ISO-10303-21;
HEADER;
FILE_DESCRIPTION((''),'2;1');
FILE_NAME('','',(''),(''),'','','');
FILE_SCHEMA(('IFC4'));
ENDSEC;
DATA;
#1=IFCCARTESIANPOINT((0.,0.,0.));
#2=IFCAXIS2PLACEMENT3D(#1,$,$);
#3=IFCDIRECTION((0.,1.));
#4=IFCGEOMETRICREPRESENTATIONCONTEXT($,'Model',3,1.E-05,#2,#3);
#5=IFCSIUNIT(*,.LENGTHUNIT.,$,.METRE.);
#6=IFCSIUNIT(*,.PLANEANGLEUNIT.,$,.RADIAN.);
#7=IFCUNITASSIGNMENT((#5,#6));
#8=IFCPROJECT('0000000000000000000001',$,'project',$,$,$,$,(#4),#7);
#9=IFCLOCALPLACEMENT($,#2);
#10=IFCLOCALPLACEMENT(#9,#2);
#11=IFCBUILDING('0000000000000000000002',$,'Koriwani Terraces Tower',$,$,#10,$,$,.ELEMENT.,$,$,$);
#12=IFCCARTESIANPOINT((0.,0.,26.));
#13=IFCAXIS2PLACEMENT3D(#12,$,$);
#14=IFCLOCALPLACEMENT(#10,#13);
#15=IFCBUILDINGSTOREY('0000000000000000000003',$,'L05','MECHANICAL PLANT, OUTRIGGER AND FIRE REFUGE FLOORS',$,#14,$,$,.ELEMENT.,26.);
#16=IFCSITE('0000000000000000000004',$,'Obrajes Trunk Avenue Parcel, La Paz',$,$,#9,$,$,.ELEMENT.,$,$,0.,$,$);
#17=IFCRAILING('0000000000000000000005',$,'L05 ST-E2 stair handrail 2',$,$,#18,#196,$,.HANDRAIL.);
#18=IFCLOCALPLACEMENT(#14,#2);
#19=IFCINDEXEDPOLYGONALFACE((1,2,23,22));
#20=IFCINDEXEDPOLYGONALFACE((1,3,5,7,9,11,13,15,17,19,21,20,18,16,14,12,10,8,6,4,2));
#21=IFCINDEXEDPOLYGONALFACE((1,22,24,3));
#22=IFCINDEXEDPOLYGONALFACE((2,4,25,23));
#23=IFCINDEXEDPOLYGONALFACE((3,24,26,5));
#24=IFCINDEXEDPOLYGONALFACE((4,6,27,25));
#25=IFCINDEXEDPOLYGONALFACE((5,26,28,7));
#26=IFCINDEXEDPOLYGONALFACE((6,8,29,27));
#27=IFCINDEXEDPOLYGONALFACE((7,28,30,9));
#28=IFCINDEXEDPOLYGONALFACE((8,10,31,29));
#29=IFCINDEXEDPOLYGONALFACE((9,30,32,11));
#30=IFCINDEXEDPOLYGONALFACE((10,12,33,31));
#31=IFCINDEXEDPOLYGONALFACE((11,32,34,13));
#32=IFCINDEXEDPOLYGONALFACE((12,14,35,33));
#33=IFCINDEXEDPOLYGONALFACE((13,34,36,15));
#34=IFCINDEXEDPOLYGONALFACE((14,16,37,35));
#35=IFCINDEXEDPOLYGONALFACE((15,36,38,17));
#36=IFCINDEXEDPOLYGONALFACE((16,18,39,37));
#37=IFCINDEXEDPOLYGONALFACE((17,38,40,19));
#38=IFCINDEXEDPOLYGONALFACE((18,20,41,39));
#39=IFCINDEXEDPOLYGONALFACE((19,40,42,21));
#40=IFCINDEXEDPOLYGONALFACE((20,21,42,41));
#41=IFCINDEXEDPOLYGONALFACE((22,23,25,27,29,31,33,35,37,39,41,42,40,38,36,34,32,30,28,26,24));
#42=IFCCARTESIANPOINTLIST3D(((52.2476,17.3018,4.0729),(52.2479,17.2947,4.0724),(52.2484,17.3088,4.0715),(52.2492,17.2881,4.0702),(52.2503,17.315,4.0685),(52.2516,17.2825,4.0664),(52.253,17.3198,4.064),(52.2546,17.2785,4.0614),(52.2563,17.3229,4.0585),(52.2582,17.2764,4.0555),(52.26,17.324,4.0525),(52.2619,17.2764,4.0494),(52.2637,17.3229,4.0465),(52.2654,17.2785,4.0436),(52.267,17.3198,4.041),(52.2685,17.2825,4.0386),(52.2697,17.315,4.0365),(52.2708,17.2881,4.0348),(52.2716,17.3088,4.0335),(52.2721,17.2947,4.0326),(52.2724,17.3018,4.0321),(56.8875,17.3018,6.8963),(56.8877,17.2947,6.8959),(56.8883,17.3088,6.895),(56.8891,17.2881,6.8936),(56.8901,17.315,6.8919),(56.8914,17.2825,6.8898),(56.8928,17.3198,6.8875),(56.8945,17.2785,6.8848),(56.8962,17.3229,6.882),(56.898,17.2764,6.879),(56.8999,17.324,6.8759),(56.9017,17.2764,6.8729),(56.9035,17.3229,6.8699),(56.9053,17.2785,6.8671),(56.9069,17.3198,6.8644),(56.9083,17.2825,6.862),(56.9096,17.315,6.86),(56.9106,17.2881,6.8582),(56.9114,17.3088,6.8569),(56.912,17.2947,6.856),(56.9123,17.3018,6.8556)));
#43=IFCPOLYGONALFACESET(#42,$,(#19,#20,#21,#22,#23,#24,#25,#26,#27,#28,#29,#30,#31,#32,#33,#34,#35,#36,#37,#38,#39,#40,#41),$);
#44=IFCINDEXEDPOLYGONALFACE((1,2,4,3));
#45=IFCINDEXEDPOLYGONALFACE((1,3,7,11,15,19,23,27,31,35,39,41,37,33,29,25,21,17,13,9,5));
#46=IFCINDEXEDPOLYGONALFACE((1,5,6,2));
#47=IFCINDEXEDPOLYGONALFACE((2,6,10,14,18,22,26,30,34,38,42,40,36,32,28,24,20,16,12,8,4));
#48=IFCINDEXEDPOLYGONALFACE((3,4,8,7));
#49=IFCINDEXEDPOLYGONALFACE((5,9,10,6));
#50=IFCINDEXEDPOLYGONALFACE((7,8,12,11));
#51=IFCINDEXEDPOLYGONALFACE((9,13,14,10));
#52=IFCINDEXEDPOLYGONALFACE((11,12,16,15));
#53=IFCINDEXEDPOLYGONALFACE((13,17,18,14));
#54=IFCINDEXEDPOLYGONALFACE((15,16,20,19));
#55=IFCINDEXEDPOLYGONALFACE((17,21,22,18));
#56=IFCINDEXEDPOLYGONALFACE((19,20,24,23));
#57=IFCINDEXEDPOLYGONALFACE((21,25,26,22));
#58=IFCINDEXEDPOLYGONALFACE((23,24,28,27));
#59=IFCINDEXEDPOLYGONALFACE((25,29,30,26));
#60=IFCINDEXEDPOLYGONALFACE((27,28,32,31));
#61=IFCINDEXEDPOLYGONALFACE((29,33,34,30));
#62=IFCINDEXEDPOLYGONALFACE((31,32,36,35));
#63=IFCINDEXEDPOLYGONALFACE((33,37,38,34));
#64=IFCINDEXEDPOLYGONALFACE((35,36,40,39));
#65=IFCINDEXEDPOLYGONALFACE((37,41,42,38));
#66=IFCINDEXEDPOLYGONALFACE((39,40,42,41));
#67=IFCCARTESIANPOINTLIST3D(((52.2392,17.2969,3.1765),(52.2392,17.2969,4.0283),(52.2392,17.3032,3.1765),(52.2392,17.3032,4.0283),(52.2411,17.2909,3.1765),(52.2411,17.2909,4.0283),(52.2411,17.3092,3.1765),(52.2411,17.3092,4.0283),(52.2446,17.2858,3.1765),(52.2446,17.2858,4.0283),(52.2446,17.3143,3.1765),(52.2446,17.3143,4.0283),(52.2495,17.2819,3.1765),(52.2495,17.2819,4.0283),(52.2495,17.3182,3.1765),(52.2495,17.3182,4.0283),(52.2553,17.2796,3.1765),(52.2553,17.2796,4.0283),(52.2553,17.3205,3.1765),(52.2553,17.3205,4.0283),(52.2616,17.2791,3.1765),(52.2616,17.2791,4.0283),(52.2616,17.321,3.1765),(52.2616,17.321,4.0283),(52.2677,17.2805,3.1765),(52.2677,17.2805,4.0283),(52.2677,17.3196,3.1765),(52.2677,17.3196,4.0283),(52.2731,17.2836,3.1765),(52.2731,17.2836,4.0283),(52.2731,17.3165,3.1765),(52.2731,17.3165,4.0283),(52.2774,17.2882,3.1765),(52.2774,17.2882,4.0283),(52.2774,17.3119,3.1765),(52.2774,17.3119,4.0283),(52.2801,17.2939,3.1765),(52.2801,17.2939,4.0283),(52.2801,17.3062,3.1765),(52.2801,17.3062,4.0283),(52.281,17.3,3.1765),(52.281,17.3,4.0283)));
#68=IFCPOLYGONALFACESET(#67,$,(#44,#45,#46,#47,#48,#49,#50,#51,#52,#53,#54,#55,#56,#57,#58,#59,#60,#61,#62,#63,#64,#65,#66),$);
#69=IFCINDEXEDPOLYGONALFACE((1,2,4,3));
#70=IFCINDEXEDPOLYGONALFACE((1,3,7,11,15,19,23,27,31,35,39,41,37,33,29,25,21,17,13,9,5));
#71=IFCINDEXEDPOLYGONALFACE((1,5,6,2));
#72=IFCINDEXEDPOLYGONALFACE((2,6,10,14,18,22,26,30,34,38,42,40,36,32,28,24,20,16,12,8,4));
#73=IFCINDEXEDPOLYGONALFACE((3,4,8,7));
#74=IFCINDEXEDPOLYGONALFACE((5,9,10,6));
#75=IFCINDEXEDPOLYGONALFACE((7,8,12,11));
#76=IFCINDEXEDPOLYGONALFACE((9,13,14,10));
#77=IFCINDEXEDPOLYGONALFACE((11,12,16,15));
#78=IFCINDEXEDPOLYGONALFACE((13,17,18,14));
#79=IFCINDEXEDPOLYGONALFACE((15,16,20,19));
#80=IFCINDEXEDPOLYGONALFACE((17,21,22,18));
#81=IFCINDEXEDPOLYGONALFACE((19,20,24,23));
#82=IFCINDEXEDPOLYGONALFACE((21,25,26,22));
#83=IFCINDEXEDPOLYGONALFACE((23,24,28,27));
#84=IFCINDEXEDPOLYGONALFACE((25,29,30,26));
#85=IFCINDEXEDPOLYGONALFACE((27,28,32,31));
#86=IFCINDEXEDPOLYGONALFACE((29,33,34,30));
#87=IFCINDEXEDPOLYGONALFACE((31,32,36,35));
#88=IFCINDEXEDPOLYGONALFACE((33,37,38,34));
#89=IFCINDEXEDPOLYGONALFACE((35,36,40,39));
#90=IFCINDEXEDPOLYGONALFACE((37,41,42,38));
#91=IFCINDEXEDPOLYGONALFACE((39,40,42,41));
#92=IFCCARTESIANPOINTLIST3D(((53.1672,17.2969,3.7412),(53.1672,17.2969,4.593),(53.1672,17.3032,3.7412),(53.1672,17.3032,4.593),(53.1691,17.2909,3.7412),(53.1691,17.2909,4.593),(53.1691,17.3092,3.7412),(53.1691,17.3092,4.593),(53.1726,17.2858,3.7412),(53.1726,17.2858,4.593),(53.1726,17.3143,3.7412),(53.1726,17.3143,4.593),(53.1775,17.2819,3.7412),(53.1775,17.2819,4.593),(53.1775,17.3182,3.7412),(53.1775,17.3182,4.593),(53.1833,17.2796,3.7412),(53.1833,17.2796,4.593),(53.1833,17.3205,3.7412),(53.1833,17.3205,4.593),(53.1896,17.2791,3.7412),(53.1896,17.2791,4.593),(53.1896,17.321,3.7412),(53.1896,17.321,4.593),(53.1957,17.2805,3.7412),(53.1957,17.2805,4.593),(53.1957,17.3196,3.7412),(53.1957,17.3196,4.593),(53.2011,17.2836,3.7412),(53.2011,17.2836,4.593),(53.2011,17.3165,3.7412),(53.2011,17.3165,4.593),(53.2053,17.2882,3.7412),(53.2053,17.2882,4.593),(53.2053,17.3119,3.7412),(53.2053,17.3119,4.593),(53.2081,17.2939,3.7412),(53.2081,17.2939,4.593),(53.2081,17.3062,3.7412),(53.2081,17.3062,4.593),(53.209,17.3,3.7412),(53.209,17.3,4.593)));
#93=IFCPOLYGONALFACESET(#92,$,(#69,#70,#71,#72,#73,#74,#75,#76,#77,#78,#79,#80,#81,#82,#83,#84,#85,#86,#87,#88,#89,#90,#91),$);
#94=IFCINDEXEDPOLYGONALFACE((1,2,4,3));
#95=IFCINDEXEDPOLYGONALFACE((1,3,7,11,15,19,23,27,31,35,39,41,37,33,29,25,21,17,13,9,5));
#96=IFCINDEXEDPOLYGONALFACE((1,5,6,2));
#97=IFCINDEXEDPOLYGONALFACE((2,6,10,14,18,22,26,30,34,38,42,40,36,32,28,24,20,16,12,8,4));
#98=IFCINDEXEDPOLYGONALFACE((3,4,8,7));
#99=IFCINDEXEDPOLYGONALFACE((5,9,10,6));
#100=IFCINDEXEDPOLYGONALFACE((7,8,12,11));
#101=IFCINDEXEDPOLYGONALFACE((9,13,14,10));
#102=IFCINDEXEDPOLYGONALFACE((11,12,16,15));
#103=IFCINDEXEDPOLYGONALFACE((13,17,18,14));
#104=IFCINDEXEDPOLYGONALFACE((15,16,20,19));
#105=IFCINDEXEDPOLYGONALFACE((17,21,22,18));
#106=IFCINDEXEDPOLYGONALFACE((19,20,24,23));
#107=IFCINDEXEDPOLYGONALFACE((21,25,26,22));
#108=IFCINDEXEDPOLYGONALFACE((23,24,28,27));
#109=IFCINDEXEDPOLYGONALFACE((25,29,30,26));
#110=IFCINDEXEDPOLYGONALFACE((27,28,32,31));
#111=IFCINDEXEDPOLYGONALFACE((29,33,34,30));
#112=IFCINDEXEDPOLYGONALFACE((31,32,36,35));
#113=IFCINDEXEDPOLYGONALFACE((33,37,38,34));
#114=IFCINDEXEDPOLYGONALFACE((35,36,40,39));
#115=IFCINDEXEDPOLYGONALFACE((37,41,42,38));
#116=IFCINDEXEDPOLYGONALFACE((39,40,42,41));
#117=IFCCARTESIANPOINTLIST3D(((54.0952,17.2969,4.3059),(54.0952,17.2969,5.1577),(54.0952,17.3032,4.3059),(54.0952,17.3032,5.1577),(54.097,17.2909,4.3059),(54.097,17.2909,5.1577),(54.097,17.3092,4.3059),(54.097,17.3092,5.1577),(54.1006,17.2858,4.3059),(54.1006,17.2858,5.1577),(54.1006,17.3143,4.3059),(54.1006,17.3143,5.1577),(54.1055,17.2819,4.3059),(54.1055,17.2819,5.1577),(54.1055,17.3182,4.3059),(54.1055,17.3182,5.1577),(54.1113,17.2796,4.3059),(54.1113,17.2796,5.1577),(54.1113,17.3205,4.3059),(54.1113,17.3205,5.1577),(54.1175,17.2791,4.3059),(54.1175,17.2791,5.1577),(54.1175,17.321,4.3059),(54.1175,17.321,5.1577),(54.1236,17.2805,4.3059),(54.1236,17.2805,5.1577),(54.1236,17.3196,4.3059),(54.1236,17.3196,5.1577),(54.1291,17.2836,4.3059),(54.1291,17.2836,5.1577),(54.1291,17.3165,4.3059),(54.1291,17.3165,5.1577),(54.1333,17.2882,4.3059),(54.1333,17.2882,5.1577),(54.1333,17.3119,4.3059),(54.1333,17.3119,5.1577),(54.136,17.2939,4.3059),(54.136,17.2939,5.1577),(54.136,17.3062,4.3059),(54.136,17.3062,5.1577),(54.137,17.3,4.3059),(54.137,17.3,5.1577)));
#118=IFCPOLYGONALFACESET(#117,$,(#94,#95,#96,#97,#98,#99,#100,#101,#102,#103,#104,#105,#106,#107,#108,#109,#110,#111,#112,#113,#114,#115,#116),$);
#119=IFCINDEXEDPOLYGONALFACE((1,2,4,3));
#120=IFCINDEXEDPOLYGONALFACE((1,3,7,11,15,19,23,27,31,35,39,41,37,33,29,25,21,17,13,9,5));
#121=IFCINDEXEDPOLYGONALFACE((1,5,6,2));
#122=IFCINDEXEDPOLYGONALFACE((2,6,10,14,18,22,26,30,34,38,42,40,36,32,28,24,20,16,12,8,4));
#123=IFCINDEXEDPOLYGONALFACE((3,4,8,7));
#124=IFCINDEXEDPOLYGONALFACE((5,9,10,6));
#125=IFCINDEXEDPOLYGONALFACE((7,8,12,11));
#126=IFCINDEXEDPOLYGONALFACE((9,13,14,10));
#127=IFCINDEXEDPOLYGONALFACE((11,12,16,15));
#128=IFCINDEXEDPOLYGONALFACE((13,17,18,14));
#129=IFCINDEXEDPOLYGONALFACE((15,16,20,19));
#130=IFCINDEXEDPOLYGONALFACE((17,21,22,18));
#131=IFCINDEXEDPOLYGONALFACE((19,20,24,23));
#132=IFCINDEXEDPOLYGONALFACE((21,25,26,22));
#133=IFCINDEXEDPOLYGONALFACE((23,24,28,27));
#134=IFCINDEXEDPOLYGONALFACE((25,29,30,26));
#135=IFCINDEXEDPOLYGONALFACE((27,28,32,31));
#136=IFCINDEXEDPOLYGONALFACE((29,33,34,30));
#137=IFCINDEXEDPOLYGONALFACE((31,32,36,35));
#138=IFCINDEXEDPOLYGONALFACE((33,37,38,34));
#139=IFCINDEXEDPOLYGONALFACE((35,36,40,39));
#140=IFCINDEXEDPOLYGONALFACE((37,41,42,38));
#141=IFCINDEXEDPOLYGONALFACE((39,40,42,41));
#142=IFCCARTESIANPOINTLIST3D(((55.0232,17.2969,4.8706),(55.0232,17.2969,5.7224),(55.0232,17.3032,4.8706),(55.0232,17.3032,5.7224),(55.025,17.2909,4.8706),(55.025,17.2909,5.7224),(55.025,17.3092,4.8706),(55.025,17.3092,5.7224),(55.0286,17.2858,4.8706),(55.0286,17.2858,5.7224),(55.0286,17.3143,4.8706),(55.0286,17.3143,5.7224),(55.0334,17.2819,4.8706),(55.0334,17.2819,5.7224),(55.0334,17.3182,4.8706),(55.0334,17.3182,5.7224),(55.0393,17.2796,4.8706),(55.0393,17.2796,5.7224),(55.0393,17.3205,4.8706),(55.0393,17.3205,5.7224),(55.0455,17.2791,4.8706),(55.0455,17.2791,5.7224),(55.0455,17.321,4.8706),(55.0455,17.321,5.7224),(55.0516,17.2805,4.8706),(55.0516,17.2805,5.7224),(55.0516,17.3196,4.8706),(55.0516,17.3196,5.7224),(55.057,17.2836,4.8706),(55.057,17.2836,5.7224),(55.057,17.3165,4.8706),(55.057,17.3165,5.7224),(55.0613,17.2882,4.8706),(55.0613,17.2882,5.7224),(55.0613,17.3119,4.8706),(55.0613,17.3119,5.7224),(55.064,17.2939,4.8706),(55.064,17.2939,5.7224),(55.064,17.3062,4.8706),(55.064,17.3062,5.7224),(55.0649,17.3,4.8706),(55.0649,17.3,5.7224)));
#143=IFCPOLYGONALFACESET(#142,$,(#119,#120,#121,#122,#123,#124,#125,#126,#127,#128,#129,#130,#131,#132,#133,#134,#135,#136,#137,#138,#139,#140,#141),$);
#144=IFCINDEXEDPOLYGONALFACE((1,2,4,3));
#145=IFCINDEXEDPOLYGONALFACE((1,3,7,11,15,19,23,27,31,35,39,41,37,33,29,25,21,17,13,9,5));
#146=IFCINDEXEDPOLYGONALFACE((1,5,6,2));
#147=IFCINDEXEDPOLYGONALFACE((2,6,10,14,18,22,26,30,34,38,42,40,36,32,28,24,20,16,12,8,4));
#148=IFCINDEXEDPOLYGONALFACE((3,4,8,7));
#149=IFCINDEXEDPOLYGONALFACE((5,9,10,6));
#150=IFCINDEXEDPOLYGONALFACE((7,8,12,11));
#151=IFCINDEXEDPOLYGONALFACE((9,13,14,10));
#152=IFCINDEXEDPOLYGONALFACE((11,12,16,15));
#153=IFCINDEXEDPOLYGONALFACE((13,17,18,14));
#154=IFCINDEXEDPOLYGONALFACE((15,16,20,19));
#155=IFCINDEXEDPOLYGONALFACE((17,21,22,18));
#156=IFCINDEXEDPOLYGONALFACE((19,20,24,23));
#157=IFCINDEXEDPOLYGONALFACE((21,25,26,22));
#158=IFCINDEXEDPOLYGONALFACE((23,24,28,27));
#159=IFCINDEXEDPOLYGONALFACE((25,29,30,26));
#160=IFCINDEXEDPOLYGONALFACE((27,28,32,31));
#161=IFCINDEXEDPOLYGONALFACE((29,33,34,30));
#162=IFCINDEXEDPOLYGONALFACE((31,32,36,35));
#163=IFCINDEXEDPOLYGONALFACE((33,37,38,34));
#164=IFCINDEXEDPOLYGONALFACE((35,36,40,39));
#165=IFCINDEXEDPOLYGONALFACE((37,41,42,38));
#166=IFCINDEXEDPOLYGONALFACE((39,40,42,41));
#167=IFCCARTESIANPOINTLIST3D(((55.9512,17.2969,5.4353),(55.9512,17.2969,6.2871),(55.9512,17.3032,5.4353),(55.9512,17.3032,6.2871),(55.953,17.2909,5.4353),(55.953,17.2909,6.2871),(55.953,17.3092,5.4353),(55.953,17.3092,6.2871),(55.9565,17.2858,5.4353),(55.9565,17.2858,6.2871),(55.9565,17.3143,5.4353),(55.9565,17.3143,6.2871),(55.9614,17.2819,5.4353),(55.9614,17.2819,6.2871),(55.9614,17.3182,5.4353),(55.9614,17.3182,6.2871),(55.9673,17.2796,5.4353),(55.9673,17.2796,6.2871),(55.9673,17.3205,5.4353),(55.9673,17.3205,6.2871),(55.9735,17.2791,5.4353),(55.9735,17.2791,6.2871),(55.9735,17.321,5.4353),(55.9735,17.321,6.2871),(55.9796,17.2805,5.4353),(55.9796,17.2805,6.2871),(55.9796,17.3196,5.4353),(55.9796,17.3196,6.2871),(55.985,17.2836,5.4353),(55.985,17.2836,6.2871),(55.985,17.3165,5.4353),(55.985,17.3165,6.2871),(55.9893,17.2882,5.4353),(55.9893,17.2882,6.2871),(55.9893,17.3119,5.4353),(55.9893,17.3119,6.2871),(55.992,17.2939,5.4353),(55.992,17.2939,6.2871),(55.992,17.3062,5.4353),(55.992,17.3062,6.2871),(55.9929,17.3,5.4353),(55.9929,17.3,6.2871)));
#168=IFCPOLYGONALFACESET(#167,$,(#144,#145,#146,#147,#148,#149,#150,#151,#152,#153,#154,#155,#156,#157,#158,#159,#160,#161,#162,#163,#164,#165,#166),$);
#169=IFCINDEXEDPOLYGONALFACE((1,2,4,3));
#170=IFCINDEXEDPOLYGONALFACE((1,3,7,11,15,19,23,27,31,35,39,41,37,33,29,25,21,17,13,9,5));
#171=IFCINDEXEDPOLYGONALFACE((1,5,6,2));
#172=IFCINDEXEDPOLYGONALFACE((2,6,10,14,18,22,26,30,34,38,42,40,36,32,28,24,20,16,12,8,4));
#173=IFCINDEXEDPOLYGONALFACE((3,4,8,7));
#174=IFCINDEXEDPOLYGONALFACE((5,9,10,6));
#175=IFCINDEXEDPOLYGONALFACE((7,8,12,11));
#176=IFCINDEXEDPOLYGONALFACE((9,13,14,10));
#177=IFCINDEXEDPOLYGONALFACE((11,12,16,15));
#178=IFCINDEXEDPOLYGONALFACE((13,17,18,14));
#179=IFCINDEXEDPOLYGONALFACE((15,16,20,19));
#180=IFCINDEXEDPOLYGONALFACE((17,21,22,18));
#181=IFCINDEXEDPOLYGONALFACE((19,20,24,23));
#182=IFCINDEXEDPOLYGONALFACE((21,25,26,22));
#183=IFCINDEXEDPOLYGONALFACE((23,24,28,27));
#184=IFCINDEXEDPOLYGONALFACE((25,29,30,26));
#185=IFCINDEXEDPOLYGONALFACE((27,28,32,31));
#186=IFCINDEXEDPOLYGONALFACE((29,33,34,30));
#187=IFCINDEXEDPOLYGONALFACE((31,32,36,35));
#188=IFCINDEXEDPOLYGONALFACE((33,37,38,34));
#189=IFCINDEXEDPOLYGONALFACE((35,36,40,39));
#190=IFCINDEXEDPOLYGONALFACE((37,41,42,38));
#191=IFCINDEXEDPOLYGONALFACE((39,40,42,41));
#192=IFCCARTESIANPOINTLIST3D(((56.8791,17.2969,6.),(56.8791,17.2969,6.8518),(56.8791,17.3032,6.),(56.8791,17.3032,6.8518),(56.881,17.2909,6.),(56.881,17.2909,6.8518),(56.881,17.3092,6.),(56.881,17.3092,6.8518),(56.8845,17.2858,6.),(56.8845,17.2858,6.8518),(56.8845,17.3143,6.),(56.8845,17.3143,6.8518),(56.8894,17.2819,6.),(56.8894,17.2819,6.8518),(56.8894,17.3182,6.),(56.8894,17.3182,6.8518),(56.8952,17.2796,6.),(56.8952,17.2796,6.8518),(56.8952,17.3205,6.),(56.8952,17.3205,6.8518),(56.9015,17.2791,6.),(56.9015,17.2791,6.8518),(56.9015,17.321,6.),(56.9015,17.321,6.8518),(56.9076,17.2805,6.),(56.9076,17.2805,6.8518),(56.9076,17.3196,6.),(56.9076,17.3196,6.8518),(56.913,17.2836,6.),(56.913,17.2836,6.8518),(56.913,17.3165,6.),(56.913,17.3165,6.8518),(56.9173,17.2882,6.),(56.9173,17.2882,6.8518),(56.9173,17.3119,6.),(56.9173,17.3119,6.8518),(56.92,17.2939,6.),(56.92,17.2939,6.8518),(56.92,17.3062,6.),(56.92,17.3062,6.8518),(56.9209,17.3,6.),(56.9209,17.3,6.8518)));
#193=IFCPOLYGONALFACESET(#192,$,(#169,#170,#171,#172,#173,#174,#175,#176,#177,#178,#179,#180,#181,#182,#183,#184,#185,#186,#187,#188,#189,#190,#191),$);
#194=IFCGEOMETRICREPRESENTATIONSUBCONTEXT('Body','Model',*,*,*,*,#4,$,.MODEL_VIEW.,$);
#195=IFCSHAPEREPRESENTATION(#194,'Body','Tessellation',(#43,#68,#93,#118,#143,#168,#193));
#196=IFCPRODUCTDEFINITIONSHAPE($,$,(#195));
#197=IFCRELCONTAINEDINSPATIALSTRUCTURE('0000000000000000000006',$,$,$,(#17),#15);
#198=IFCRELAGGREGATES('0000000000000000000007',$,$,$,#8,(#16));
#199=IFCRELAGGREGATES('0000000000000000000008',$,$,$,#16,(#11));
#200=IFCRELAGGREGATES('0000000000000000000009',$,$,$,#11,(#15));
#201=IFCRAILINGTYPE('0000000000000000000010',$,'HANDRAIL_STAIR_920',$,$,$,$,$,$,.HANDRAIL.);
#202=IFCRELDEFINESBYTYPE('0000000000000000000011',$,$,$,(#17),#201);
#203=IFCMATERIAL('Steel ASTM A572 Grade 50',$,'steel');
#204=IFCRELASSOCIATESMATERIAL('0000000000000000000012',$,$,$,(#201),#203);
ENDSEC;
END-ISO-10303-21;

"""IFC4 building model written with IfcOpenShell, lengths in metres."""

from ifc_helpers import new_model, si_unit, direction, frame, origin, origin_2d, place, context, subcontext, project, spatial, circle, extrude, material, type_object, element, save


model = new_model("IFC4")

# Units and contexts
model_context = context("Model", 3, precision=1e-05, world=origin(), true_north=direction((0.0, 1.0)))
body_context = subcontext(model_context, "Body", "Model", "MODEL_VIEW")
ifc_project = project(units=[si_unit("LENGTHUNIT", "METRE"), si_unit("PLANEANGLEUNIT", "RADIAN")], contexts=[model_context])

# Site, building, storey
site_placement = place(None, origin())
site = spatial("IfcSite", under=ifc_project, at=site_placement, Name="Obrajes Trunk Avenue Parcel, La Paz", CompositionType="ELEMENT", RefElevation=0.0)
building_placement = place(site_placement, origin())
building = spatial("IfcBuilding", under=site, at=building_placement, Name="Koriwani Terraces Tower", CompositionType="ELEMENT")
storey_placement = place(building_placement, frame((0.0, 0.0, 26.0)))
storey = spatial("IfcBuildingStorey", under=building, at=storey_placement, Name="L05", Description="MECHANICAL PLANT, OUTRIGGER AND FIRE REFUGE FLOORS", CompositionType="ELEMENT", Elevation=26.0)

# Shared definitions
ifc_material_1 = material(Name="Steel ASTM A572 Grade 50", Category="steel")

# Railing
railing_type_1 = type_object("IfcRailingType", Name="HANDRAIL_STAIR_920", PredefinedType="HANDRAIL", material=ifc_material_1)
for number, where, name in (
    (1, (52.26, 17.3, 3.1765), "L05 ST-E2 stair handrail 2"),
):
    element("IfcRailing", number, at=place(storey_placement, frame(where)), inside=storey, type_object=railing_type_1, Name=name, PredefinedType="HANDRAIL", context=body_context, shape_type="SweptSolid", body=[
        extrude(circle(Radius=0.0239, at=origin_2d()), frame((0.0, 0.0, 0.876), z_axis=(0.854264, 0.0, 0.51984), x_axis=(0.0, 1.0, 0.0)), (0.0, 0.0, 1.0), 5.4314),
        extrude(circle(Radius=0.021, at=origin_2d()), origin(), (0.0, 0.0, 1.0), 0.8518),
        extrude(circle(Radius=0.021, at=origin_2d()), frame((0.928, 0.0, 0.5647)), (0.0, 0.0, 1.0), 0.8518),
        extrude(circle(Radius=0.021, at=origin_2d()), frame((1.856, 0.0, 1.1294)), (0.0, 0.0, 1.0), 0.8518),
        extrude(circle(Radius=0.021, at=origin_2d()), frame((2.7839, 0.0, 1.6941)), (0.0, 0.0, 1.0), 0.8518),
        extrude(circle(Radius=0.021, at=origin_2d()), frame((3.7119, 0.0, 2.2588)), (0.0, 0.0, 1.0), 0.8518),
        extrude(circle(Radius=0.021, at=origin_2d()), frame((4.6399, 0.0, 2.8235)), (0.0, 0.0, 1.0), 0.8518),
    ])

save(model, "model.ifc")
